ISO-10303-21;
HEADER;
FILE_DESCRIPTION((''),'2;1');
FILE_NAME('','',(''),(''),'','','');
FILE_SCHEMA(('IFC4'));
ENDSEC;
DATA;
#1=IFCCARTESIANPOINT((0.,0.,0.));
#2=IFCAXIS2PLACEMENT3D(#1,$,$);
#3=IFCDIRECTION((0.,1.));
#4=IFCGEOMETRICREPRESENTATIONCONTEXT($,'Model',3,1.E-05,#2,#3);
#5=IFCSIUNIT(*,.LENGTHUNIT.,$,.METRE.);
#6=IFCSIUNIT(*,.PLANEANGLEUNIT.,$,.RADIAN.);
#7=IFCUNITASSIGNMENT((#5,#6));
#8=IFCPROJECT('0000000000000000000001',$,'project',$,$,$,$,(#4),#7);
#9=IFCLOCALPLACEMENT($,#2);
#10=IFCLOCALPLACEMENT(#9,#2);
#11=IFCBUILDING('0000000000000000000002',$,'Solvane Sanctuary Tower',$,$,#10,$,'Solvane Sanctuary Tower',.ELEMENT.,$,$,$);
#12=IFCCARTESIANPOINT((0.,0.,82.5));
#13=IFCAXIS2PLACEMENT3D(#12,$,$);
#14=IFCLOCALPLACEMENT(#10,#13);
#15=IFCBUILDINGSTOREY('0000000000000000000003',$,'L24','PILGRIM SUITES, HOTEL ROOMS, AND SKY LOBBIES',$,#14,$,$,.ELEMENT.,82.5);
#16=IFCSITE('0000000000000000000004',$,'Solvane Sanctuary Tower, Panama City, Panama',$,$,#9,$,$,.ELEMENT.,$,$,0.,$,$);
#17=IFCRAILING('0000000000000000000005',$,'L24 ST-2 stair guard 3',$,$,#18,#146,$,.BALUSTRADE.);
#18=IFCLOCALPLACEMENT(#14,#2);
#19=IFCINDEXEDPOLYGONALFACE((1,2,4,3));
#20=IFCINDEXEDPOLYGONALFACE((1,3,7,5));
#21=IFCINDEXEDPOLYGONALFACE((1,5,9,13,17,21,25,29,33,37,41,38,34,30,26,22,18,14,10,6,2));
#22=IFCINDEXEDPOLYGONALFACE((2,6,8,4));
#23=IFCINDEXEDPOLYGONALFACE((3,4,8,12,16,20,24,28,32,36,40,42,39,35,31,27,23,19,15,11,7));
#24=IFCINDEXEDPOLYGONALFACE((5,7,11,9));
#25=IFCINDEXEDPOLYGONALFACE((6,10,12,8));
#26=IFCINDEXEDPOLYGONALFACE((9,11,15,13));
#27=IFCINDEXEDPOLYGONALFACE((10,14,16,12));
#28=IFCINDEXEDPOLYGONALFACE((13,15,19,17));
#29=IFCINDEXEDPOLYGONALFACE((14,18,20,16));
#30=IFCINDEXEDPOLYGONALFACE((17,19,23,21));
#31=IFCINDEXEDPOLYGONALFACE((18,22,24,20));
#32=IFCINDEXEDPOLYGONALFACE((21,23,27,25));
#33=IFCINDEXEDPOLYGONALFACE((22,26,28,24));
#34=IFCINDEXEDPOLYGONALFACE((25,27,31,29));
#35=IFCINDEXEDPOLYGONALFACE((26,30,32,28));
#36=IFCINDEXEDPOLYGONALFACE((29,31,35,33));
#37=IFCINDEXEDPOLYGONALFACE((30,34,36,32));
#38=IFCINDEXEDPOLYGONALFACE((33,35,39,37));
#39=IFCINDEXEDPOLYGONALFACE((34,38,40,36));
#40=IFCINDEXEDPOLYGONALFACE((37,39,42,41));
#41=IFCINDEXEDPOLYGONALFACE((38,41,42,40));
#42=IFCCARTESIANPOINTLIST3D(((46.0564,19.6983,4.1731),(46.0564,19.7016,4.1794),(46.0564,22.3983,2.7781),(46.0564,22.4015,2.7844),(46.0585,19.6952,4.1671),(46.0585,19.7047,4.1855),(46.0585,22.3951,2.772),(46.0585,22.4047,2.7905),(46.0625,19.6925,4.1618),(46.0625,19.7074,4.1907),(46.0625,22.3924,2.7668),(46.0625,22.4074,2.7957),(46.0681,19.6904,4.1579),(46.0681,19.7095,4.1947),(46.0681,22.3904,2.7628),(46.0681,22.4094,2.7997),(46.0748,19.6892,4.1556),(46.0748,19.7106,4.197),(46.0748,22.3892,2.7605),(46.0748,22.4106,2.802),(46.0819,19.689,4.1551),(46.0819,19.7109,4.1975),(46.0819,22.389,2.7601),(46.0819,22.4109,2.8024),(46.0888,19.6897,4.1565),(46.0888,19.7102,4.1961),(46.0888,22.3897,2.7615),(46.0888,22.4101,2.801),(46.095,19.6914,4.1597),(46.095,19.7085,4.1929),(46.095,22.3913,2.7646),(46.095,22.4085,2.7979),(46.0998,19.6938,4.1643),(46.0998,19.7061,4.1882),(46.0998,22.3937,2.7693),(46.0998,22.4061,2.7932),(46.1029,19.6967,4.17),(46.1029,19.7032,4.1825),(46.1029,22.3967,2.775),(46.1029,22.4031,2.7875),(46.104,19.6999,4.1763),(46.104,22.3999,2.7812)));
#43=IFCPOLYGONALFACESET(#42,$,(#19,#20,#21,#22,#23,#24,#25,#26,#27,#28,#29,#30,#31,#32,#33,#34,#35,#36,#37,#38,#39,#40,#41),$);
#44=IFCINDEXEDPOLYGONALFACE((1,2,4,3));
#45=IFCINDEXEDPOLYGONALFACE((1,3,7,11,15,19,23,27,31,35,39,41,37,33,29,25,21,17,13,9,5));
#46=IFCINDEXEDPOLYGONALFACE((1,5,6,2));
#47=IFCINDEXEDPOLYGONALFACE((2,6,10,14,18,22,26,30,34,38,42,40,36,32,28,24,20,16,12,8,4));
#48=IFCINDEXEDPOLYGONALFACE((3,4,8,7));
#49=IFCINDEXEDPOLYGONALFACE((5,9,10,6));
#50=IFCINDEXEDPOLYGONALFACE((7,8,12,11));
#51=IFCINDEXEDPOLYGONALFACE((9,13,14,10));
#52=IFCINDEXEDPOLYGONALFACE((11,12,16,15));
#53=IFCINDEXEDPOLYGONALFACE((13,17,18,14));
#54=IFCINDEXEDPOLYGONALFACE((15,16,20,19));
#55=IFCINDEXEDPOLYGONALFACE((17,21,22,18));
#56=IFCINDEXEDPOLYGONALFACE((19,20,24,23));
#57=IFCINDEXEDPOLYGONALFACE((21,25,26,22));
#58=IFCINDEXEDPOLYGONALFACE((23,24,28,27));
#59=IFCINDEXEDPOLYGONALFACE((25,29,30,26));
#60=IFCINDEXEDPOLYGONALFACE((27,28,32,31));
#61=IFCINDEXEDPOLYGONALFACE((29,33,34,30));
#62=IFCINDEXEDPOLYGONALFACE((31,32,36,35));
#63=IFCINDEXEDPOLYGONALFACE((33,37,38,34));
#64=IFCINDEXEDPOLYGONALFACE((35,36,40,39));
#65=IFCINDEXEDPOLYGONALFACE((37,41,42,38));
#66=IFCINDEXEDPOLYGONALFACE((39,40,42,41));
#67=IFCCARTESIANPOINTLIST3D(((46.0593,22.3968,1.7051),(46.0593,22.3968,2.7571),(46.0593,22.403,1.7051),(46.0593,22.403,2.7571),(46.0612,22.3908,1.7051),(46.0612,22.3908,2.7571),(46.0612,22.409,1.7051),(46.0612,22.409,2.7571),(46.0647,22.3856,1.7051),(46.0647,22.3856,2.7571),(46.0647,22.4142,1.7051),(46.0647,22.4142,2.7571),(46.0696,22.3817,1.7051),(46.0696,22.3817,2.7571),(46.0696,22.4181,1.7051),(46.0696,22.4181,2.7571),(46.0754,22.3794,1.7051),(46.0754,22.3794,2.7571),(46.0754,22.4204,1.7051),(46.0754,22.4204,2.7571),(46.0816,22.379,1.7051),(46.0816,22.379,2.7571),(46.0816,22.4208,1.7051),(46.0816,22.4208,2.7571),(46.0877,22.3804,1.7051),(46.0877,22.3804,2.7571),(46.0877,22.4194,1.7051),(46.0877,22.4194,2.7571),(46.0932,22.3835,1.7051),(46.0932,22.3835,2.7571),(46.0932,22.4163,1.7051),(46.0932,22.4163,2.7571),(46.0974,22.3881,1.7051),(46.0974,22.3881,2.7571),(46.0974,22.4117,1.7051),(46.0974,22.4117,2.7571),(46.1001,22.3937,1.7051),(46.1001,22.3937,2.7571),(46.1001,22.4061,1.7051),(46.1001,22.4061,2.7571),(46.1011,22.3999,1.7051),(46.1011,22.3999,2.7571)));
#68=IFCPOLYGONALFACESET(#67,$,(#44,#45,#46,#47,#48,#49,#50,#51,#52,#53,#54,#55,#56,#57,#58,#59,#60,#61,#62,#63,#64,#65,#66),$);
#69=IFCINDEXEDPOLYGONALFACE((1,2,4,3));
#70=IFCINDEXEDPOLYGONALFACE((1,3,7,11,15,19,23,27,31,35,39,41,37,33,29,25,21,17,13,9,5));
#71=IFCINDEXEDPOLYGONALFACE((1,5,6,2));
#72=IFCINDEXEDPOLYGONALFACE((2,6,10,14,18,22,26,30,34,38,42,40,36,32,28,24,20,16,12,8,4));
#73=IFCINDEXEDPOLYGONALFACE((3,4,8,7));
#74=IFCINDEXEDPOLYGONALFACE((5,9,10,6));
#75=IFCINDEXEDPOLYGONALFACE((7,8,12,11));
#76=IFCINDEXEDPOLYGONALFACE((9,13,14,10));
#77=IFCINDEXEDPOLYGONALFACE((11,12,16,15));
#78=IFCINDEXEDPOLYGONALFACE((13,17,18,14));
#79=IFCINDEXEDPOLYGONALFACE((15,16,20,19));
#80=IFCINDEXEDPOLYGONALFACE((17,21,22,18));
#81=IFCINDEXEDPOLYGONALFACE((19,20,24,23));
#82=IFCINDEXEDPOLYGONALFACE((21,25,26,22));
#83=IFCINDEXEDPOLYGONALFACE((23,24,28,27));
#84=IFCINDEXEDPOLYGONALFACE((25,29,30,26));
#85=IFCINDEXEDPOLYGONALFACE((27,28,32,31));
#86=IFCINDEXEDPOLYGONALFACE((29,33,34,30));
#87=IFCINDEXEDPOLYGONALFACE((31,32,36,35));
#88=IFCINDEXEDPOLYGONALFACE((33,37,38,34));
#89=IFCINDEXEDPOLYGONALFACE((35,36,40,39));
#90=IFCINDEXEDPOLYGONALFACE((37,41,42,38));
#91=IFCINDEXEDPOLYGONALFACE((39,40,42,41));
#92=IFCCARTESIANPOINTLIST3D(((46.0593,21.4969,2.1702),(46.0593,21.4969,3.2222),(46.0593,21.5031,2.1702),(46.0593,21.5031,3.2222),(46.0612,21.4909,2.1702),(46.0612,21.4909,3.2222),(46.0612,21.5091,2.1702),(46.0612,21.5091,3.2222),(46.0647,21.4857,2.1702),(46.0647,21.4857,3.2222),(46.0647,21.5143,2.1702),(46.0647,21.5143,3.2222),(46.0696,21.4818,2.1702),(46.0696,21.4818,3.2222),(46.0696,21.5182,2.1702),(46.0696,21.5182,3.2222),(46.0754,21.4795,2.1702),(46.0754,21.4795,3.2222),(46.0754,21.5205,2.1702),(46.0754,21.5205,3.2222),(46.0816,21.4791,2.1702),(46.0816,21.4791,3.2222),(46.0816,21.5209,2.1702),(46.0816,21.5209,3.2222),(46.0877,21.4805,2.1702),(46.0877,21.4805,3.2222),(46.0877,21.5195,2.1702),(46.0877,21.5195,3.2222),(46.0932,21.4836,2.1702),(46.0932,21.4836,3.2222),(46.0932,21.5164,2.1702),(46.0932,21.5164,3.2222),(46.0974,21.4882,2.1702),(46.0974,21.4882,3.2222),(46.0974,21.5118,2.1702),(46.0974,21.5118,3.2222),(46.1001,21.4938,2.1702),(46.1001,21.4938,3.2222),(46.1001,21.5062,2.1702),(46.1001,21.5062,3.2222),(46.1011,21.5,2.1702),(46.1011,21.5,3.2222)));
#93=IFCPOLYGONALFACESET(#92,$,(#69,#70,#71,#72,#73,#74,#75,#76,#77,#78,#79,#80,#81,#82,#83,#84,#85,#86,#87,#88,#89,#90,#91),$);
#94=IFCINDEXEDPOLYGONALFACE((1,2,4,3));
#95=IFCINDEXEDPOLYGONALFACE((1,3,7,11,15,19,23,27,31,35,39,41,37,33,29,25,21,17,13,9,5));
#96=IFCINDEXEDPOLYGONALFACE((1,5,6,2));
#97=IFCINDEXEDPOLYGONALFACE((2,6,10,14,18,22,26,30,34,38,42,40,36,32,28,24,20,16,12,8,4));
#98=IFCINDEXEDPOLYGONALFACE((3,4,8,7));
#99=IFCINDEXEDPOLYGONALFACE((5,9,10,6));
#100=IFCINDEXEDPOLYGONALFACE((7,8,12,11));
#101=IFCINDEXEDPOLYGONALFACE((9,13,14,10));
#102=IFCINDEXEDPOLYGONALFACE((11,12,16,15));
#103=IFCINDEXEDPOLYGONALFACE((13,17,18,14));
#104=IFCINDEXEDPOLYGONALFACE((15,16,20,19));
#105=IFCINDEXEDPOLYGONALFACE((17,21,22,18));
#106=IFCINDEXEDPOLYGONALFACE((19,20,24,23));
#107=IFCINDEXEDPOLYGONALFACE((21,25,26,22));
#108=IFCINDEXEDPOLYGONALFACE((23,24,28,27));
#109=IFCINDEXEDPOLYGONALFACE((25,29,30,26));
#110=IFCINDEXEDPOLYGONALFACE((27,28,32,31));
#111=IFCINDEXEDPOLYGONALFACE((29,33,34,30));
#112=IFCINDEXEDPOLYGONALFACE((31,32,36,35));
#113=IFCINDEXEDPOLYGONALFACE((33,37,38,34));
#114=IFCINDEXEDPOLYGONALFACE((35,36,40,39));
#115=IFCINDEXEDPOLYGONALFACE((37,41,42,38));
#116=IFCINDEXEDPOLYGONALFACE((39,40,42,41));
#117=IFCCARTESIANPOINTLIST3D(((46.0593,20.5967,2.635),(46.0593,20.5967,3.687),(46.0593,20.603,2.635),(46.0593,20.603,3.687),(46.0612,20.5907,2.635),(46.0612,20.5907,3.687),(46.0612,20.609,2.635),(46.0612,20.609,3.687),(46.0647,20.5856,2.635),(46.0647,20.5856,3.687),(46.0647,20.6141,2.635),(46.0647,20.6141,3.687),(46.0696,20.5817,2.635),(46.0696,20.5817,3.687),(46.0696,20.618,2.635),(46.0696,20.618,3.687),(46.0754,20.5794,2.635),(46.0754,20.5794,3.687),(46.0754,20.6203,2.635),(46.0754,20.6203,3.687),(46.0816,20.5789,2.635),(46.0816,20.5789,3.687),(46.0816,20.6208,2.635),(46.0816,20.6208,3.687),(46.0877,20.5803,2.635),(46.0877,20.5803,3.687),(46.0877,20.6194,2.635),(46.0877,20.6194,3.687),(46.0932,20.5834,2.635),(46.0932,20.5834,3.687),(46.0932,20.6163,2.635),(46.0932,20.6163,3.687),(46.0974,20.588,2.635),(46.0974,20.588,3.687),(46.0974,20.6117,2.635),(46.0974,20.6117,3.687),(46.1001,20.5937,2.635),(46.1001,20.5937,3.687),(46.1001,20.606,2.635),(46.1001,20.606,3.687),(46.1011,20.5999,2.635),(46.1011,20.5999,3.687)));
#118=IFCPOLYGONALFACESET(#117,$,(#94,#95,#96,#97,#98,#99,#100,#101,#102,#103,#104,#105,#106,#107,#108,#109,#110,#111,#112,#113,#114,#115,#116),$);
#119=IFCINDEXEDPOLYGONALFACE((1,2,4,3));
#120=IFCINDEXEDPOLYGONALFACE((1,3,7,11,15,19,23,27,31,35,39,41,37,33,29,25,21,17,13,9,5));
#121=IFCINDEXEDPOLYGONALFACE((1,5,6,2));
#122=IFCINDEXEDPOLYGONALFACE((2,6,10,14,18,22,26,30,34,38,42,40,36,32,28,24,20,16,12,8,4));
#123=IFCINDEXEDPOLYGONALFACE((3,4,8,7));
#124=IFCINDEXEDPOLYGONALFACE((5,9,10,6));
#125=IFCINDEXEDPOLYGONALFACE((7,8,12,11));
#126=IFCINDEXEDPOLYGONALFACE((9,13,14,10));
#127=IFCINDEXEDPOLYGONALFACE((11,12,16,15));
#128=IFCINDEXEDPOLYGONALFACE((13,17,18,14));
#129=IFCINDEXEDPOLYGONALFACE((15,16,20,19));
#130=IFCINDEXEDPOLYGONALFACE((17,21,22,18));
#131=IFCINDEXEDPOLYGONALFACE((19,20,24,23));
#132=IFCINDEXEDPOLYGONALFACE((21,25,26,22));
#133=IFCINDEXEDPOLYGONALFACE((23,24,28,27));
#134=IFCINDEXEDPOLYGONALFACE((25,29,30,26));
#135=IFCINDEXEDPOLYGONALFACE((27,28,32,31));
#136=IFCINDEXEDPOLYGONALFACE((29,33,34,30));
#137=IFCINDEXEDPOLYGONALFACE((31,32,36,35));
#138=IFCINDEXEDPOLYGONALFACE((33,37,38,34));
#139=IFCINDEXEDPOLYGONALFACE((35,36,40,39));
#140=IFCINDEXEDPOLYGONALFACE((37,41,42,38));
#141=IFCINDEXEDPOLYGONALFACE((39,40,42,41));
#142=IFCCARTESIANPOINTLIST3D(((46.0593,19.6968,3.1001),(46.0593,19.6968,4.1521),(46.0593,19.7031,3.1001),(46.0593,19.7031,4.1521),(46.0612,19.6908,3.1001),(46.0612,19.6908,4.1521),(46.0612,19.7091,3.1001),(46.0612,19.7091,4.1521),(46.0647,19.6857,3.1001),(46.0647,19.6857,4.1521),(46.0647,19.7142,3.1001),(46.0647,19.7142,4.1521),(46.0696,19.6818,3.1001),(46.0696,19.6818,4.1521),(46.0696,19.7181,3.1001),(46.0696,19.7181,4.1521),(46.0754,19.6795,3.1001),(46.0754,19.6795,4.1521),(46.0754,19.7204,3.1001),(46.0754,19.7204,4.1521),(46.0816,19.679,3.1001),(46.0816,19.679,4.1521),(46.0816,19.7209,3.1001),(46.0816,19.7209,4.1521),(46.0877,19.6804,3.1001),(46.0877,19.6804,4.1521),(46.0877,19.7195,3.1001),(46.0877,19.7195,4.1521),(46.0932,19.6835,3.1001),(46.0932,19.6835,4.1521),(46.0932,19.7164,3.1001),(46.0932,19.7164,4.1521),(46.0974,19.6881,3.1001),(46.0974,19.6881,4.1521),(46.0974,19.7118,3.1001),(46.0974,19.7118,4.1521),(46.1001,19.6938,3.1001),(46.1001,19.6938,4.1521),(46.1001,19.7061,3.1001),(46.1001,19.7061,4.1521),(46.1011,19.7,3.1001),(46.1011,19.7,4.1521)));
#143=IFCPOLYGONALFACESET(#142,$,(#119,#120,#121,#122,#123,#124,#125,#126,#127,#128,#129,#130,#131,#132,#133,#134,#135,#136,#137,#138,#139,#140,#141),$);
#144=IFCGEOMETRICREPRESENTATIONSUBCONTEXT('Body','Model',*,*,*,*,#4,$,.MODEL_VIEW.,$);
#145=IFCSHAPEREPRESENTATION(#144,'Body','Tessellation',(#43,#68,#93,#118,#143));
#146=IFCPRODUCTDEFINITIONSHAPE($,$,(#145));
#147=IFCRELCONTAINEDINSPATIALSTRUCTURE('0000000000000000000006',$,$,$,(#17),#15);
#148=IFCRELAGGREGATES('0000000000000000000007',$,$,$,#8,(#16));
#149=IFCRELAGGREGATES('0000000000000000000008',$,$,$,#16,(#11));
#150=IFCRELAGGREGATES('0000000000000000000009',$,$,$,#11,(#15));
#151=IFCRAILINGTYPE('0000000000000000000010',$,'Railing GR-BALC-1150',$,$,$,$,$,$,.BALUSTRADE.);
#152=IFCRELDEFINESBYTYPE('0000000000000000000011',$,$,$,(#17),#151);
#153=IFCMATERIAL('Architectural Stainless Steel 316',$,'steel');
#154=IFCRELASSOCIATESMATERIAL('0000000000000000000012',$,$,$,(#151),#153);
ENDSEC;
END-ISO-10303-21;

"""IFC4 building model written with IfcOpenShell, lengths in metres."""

from ifc_helpers import new_model, si_unit, direction, frame, origin, origin_2d, place, context, subcontext, project, spatial, circle, extrude, material, type_object, element, save


model = new_model("IFC4")

# Units and contexts
model_context = context("Model", 3, precision=1e-05, world=origin(), true_north=direction((0.0, 1.0)))
body_context = subcontext(model_context, "Body", "Model", "MODEL_VIEW")
ifc_project = project(units=[si_unit("LENGTHUNIT", "METRE"), si_unit("PLANEANGLEUNIT", "RADIAN")], contexts=[model_context])

# Site, building, storey
site_placement = place(None, origin())
site = spatial("IfcSite", under=ifc_project, at=site_placement, Name="Solvane Sanctuary Tower, Panama City, Panama", CompositionType="ELEMENT", RefElevation=0.0)
building_placement = place(site_placement, origin())
building = spatial("IfcBuilding", under=site, at=building_placement, Name="Solvane Sanctuary Tower", LongName="Solvane Sanctuary Tower", CompositionType="ELEMENT")
storey_placement = place(building_placement, frame((0.0, 0.0, 82.5)))
storey = spatial("IfcBuildingStorey", under=building, at=storey_placement, Name="L24", Description="PILGRIM SUITES, HOTEL ROOMS, AND SKY LOBBIES", CompositionType="ELEMENT", Elevation=82.5)

# Shared definitions
ifc_material_1 = material(Name="Architectural Stainless Steel 316", Category="steel")

# Railing
railing_type_1 = type_object("IfcRailingType", Name="Railing GR-BALC-1150", PredefinedType="BALUSTRADE", material=ifc_material_1)
railing_1_placement = place(storey_placement, frame((46.0801, 22.3999, 1.7051)))
element("IfcRailing", 1, at=railing_1_placement, inside=storey, type_object=railing_type_1, Name="L24 ST-2 stair guard 3", PredefinedType="BALUSTRADE", context=body_context, shape_type="SweptSolid", body=[
    extrude(circle(Radius=0.0239, at=origin_2d()), frame((0.0, 0.0, 1.0762), z_axis=(0.0, -0.88842, 0.459032), x_axis=(1.0, 0.0, 0.0)), (0.0, 0.0, 1.0), 3.0391),
    extrude(circle(Radius=0.021, at=origin_2d()), origin(), (0.0, 0.0, 1.0), 1.052),
    extrude(circle(Radius=0.021, at=origin_2d()), frame((0.0, -0.8999, 0.4651)), (0.0, 0.0, 1.0), 1.052),
    extrude(circle(Radius=0.021, at=origin_2d()), frame((0.0, -1.8, 0.9299)), (0.0, 0.0, 1.0), 1.052),
    extrude(circle(Radius=0.021, at=origin_2d()), frame((0.0, -2.7, 1.395)), (0.0, 0.0, 1.0), 1.052),
])

save(model, "model.ifc")
